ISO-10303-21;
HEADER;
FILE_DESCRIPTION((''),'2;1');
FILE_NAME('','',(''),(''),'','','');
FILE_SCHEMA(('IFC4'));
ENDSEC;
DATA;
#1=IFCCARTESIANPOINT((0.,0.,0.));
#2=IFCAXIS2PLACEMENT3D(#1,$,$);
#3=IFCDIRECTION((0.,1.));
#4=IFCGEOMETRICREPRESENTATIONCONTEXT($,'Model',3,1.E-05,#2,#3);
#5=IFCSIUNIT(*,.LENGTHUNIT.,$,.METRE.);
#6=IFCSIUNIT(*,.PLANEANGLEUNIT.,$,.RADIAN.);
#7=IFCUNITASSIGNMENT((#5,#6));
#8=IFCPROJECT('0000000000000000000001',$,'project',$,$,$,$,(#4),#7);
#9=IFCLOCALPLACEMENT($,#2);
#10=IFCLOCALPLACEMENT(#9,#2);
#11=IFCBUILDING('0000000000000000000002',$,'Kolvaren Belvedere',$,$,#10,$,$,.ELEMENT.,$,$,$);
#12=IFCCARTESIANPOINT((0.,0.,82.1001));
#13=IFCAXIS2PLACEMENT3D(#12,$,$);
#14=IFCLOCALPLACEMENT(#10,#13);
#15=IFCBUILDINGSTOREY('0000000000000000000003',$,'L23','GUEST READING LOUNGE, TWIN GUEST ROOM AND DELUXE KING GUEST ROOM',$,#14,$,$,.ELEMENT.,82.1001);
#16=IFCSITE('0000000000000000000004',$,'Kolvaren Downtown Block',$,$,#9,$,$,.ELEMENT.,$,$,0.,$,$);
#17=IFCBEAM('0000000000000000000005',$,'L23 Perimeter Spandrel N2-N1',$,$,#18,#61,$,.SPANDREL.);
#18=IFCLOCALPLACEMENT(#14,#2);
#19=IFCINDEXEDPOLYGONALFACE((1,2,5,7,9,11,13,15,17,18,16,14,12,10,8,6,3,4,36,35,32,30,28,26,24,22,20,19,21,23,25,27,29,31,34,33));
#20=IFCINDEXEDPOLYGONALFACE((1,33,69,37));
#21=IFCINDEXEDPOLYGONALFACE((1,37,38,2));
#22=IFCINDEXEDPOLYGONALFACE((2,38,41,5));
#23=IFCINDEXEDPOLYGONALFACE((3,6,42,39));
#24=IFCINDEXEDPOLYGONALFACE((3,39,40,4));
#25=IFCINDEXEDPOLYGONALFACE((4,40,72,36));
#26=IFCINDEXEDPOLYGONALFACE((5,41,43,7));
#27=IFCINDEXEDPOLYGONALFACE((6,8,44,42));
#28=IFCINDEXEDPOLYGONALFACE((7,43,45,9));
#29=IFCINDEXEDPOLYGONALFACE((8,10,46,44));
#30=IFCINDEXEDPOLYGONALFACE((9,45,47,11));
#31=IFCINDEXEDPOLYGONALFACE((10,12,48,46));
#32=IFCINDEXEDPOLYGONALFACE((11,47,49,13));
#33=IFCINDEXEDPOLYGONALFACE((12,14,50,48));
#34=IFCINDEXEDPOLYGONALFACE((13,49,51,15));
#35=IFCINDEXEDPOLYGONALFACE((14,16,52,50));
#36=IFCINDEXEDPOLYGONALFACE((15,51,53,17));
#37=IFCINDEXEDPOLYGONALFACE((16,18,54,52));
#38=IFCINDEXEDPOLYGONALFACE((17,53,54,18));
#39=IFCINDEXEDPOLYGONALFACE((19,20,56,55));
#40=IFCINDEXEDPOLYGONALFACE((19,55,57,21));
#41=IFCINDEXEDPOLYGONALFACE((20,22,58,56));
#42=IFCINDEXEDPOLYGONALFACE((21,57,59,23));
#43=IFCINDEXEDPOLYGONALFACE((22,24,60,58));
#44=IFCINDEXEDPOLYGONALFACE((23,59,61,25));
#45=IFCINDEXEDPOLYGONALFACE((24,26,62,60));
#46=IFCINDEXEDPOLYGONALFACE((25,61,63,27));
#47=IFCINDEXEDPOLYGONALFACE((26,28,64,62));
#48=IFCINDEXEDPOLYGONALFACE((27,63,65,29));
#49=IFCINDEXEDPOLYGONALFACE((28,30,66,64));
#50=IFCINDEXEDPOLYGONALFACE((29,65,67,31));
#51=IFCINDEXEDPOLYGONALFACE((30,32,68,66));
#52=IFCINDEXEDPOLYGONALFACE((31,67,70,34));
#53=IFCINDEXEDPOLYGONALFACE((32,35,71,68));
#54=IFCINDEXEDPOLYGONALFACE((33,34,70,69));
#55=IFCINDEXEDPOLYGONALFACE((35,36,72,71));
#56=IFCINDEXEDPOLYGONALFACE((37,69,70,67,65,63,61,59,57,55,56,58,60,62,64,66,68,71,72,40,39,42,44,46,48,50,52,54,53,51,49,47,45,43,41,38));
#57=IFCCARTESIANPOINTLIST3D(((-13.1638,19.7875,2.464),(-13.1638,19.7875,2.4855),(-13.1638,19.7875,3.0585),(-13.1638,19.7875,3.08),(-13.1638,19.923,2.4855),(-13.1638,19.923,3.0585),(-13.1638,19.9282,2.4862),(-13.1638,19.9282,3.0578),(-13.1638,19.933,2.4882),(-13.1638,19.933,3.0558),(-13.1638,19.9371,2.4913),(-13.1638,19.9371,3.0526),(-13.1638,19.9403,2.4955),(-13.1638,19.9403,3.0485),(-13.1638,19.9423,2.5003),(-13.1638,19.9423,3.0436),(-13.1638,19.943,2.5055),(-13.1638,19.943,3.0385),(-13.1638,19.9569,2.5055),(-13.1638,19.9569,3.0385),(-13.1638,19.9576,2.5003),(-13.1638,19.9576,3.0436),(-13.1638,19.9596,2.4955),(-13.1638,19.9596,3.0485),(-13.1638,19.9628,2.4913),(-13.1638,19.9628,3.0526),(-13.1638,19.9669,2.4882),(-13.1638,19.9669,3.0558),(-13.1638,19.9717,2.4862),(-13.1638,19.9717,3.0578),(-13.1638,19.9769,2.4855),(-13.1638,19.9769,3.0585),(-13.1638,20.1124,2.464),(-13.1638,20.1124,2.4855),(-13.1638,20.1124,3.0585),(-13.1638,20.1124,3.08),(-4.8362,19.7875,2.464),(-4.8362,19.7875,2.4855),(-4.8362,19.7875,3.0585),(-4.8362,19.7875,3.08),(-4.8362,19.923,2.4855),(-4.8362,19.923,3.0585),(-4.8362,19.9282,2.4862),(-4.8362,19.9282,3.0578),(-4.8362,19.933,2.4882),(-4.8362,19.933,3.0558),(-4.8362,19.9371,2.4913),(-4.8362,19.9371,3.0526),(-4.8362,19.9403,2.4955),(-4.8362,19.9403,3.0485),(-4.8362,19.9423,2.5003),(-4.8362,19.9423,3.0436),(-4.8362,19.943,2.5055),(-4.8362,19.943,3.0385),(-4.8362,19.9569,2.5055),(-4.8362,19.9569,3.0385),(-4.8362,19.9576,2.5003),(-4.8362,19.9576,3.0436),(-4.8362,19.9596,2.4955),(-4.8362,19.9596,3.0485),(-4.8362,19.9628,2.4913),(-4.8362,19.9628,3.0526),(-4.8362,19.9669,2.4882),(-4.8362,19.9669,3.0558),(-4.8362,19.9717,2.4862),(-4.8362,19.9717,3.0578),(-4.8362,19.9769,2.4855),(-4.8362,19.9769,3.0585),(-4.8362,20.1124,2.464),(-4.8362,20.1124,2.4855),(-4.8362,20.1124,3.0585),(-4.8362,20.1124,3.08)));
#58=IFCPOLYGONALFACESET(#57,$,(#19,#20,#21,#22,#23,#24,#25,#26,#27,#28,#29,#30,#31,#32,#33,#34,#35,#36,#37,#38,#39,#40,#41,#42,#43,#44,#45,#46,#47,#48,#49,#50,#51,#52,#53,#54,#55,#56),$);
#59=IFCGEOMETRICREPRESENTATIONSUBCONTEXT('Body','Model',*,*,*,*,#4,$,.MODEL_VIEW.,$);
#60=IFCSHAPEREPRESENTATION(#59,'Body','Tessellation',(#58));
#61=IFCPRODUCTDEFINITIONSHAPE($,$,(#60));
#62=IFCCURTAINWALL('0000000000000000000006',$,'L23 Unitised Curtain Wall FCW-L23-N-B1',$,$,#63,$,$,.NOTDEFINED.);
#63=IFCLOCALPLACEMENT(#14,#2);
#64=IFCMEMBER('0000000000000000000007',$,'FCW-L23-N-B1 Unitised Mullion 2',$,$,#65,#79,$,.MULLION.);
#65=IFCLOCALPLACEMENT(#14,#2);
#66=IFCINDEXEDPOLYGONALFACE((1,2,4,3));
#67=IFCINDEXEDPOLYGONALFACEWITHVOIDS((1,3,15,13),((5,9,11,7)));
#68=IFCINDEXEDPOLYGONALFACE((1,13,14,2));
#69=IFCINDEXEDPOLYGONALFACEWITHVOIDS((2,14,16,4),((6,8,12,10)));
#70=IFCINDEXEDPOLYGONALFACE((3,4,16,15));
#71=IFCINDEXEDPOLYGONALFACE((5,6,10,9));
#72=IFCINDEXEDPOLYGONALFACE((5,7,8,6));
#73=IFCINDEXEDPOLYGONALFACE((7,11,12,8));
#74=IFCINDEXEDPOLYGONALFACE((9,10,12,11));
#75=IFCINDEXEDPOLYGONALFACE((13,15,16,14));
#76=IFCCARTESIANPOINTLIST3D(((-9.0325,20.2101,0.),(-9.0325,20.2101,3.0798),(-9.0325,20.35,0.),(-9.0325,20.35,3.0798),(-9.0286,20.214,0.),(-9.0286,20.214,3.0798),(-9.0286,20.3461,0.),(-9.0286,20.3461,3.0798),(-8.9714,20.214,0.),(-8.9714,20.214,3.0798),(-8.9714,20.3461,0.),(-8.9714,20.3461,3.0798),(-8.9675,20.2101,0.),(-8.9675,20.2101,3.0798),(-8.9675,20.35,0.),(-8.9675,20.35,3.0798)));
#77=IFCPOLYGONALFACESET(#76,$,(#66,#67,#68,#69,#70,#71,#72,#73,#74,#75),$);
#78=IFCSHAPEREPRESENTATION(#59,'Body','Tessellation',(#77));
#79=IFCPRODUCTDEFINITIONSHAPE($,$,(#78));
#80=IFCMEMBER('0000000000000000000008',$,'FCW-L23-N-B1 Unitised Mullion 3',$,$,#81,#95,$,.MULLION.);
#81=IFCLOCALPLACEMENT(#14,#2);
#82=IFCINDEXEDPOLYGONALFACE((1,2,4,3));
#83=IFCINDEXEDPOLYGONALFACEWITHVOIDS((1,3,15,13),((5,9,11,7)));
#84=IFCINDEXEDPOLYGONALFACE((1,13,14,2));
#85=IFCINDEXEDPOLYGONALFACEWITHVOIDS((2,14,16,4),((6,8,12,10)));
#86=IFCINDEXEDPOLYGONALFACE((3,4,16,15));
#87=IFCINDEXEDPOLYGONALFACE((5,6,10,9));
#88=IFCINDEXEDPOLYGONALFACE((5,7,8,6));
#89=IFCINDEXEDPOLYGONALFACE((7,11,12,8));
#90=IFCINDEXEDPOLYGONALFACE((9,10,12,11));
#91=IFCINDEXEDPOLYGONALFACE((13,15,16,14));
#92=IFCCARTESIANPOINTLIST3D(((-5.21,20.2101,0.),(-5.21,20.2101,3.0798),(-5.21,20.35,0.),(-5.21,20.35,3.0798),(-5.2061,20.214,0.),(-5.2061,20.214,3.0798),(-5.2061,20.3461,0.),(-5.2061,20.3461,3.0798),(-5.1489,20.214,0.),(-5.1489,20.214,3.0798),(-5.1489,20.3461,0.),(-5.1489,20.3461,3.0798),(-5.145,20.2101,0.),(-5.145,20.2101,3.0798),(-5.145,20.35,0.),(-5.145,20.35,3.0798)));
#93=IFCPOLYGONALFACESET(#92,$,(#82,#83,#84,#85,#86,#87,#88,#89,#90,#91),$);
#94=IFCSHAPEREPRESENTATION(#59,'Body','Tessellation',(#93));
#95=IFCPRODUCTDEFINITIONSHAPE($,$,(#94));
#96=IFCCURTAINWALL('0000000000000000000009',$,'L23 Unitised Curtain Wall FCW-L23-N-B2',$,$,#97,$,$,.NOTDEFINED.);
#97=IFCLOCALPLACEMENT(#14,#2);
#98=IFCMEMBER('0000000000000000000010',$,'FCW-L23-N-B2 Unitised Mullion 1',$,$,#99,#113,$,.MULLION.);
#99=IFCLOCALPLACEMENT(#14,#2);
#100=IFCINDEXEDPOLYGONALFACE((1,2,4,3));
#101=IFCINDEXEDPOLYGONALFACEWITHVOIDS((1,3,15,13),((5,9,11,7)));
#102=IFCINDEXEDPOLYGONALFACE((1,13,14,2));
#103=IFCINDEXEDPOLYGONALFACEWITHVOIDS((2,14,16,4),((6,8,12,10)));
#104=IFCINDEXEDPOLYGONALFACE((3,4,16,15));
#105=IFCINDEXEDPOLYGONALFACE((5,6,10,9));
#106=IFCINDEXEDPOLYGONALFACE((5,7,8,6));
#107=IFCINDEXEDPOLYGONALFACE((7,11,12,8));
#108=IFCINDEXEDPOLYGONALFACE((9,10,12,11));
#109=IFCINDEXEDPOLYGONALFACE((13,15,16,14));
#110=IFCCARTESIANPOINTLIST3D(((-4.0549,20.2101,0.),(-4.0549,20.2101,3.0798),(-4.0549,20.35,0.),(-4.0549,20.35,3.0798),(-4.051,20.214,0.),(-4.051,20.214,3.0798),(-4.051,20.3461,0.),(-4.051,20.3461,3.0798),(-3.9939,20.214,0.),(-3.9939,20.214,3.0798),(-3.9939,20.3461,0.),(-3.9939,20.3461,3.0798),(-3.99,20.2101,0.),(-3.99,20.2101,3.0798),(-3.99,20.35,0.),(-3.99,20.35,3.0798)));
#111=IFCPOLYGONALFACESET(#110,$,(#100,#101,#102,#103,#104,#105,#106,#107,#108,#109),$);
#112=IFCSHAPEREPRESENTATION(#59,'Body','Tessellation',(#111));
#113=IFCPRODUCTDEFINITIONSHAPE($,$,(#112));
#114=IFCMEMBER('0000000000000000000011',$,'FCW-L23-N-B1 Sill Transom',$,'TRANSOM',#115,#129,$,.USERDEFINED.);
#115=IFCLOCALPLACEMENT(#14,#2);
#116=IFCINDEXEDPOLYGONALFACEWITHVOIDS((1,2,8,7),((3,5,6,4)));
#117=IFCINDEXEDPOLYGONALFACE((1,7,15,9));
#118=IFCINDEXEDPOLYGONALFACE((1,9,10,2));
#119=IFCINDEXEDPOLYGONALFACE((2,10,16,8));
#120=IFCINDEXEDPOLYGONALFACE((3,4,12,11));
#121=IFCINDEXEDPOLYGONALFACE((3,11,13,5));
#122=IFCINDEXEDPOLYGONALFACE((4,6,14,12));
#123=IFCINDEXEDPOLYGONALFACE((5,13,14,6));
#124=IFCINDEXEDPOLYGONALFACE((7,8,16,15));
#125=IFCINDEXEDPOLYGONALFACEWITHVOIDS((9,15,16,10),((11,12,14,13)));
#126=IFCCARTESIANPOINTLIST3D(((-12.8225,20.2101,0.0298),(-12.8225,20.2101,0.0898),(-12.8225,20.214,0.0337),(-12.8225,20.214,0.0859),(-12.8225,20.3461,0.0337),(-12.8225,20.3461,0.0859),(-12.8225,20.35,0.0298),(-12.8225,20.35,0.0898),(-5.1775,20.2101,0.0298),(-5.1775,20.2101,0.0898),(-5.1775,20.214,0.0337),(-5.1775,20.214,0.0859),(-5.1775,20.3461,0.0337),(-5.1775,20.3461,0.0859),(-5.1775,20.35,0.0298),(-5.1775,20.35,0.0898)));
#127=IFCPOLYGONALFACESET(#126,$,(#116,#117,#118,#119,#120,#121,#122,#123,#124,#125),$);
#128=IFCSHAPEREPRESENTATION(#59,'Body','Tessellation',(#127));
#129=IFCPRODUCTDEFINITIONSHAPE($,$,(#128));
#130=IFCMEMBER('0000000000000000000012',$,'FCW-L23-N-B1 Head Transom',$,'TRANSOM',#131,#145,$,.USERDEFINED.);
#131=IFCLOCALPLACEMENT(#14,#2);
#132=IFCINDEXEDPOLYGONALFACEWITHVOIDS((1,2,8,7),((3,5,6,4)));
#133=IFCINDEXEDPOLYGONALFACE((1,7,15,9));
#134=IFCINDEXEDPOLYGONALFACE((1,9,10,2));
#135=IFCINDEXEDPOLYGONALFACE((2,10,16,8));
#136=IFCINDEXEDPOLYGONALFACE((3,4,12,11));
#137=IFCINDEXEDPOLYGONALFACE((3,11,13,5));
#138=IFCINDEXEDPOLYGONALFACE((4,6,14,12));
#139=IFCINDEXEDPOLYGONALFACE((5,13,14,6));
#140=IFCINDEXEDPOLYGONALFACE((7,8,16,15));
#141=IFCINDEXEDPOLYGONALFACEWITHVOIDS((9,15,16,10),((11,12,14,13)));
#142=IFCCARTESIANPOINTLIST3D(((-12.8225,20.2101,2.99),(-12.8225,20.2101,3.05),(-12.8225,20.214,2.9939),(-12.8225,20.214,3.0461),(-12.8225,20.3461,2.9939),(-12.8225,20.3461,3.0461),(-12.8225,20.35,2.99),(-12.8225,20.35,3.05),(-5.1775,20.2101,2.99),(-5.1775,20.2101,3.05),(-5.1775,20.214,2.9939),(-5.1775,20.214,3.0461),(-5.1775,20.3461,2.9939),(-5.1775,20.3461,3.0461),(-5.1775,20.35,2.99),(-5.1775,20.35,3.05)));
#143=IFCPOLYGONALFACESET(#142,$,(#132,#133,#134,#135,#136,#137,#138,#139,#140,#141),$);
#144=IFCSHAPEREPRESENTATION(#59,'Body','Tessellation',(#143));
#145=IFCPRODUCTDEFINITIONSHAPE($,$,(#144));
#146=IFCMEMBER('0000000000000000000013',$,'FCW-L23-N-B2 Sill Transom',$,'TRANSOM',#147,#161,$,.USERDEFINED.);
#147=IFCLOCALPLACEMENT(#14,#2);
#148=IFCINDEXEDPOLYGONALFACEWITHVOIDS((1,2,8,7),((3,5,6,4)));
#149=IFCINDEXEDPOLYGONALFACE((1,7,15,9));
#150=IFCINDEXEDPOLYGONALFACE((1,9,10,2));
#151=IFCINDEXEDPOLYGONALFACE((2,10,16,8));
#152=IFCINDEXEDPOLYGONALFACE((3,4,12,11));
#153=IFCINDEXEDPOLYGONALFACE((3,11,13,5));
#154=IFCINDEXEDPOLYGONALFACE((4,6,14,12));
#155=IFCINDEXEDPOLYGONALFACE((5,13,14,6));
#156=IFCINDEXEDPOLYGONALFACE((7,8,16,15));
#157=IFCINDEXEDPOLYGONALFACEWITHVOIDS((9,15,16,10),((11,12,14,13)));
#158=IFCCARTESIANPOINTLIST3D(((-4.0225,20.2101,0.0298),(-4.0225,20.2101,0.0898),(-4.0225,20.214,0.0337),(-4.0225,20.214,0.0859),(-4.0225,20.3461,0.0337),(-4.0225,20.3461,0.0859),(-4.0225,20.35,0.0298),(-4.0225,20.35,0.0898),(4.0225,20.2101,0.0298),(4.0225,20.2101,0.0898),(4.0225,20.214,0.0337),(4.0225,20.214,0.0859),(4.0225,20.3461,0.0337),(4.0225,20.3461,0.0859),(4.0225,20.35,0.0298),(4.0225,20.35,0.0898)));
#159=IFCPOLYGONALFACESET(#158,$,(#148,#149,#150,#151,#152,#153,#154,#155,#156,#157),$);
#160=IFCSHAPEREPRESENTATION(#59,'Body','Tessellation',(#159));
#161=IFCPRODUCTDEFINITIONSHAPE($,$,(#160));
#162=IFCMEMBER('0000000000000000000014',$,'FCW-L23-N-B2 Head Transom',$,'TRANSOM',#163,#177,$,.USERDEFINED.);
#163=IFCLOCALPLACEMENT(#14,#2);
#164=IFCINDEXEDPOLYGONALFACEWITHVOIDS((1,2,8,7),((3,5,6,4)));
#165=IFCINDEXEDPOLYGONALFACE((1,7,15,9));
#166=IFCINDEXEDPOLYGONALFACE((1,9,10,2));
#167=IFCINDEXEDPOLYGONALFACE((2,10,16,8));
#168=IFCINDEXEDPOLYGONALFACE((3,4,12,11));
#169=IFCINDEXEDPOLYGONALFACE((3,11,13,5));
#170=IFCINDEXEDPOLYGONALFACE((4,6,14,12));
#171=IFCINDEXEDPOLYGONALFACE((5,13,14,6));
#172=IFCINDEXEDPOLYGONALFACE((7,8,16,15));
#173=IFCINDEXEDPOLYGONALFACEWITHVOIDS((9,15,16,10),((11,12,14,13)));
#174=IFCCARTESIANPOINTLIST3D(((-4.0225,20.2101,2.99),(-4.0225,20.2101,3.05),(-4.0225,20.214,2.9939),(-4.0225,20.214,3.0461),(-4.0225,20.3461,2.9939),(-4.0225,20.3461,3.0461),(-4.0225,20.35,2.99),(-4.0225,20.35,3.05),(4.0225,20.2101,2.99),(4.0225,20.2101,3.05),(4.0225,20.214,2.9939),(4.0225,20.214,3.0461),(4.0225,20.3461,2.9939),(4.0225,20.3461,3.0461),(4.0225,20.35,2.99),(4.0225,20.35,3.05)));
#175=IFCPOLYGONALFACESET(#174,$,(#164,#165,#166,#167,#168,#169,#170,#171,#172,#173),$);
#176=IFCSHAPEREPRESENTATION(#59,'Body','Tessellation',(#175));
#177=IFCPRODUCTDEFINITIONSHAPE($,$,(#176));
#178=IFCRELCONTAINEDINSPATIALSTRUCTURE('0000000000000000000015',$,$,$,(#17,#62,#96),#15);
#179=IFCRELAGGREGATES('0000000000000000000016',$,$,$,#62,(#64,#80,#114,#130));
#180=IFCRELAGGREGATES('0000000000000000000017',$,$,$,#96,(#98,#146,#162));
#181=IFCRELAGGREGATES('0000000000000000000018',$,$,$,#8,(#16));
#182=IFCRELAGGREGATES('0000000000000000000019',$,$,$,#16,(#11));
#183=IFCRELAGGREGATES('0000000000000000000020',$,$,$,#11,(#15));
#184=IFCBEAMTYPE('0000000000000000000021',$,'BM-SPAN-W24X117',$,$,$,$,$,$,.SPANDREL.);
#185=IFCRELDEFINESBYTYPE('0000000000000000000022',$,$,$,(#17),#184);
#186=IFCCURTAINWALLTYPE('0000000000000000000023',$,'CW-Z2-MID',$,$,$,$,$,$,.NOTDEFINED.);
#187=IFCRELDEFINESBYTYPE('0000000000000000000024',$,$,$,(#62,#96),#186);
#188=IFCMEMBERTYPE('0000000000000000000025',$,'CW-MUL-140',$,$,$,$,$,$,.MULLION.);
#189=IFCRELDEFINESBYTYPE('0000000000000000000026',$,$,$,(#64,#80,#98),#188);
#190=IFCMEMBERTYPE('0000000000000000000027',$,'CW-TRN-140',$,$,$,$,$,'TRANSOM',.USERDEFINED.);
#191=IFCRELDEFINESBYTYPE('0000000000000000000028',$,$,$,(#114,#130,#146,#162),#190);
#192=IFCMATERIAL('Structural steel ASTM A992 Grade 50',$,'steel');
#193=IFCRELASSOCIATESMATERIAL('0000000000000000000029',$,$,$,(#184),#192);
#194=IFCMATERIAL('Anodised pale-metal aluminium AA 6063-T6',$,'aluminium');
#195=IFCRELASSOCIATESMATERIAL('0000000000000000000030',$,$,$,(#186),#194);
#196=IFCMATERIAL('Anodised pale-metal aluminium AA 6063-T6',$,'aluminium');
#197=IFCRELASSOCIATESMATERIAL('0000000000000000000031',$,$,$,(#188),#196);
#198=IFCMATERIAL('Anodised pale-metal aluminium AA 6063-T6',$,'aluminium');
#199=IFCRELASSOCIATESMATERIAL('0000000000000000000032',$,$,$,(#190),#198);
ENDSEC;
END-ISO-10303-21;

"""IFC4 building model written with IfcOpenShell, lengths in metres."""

from ifc_helpers import new_model, si_unit, direction, frame, origin, origin_2d, place, context, subcontext, project, spatial, hollow_rectangle, i_section, extrude, material, material_profile, profile_set, type_object, element, aggregate, save


model = new_model("IFC4")

# Units and contexts
model_context = context("Model", 3, precision=1e-05, world=origin(), true_north=direction((0.0, 1.0)))
body_context = subcontext(model_context, "Body", "Model", "MODEL_VIEW")
ifc_project = project(units=[si_unit("LENGTHUNIT", "METRE"), si_unit("PLANEANGLEUNIT", "RADIAN")], contexts=[model_context])

# Site, building, storey
site_placement = place(None, origin())
site = spatial("IfcSite", under=ifc_project, at=site_placement, Name="Kolvaren Downtown Block", CompositionType="ELEMENT", RefElevation=0.0)
building_placement = place(site_placement, origin())
building = spatial("IfcBuilding", under=site, at=building_placement, Name="Kolvaren Belvedere", CompositionType="ELEMENT")
storey_placement = place(building_placement, frame((0.0, 0.0, 82.1001)))
storey = spatial("IfcBuildingStorey", under=building, at=storey_placement, Name="L23", Description="GUEST READING LOUNGE, TWIN GUEST ROOM AND DELUXE KING GUEST ROOM", CompositionType="ELEMENT", Elevation=82.1001)

# Beam
ifc_material_1 = material(Name="Structural steel ASTM A992 Grade 50", Category="steel")
ifc_material_profile_1 = material_profile(ifc_material_1, i_section(OverallWidth=0.325, OverallDepth=0.616, WebThickness=0.0139, FlangeThickness=0.0215, FilletRadius=0.02, at=origin_2d()), Name="W24X117")
ifc_profile_set_1 = profile_set([ifc_material_profile_1], Name="Structural steel ASTM A992 Grade 50")
beam_type_1 = type_object("IfcBeamType", Name="BM-SPAN-W24X117", PredefinedType="SPANDREL", material=ifc_profile_set_1)
beam_1_placement = place(storey_placement, frame((-4.8362, 19.95, 2.772), z_axis=(-1.0, 0.0, 0.0), x_axis=(0.0, -1.0, 0.0)))
element("IfcBeam", 1, at=beam_1_placement, inside=storey, type_object=beam_type_1, Name="L23 Perimeter Spandrel N2-N1", PredefinedType="SPANDREL", context=body_context, shape_type="SweptSolid", body=[
    extrude(i_section(OverallWidth=0.325, OverallDepth=0.616, WebThickness=0.0139, FlangeThickness=0.0215, FilletRadius=0.02, at=origin_2d()), origin(), (0.0, 0.0, 1.0), 8.3276),
])

# Curtain wall, members
ifc_material_2 = material(Name="Anodised pale-metal aluminium AA 6063-T6", Category="aluminium")
curtain_wall_type = type_object("IfcCurtainWallType", Name="CW-Z2-MID", PredefinedType="NOTDEFINED", material=ifc_material_2)
curtain_wall_1_placement = place(storey_placement, origin())
curtain_wall_1 = element("IfcCurtainWall", 2, at=curtain_wall_1_placement, inside=storey, type_object=curtain_wall_type, Name="L23 Unitised Curtain Wall FCW-L23-N-B1", PredefinedType="NOTDEFINED")
ifc_material_3 = material(Name="Anodised pale-metal aluminium AA 6063-T6", Category="aluminium")
ifc_material_profile_2 = material_profile(ifc_material_3, hollow_rectangle(XDim=0.0649, YDim=0.1399, WallThickness=0.0039, at=origin_2d()), Name="ALU-MUL-140X65")
ifc_profile_set_2 = profile_set([ifc_material_profile_2], Name="Anodised pale-metal aluminium AA 6063-T6")
member_type_1 = type_object("IfcMemberType", Name="CW-MUL-140", PredefinedType="MULLION", material=ifc_profile_set_2)
member_1_placement = place(storey_placement, frame((-9.0, 20.28, 0.0), z_axis=(0.0, 0.0, 1.0), x_axis=(1.0, 0.0, 0.0)))
member_1 = element("IfcMember", 3, at=member_1_placement, type_object=member_type_1, Name="FCW-L23-N-B1 Unitised Mullion 2", PredefinedType="MULLION", context=body_context, shape_type="SweptSolid", body=[
    extrude(hollow_rectangle(XDim=0.0649, YDim=0.1399, WallThickness=0.0039, at=origin_2d()), origin(), (0.0, 0.0, 1.0), 3.0798),
])
member_2_placement = place(storey_placement, frame((-5.1775, 20.28, 0.0), z_axis=(0.0, 0.0, 1.0), x_axis=(1.0, 0.0, 0.0)))
member_2 = element("IfcMember", 4, at=member_2_placement, type_object=member_type_1, Name="FCW-L23-N-B1 Unitised Mullion 3", PredefinedType="MULLION", context=body_context, shape_type="SweptSolid", body=[
    extrude(hollow_rectangle(XDim=0.0649, YDim=0.1399, WallThickness=0.0039, at=origin_2d()), origin(), (0.0, 0.0, 1.0), 3.0798),
])

# Curtain wall, member
curtain_wall_2_placement = place(storey_placement, origin())
curtain_wall_2 = element("IfcCurtainWall", 5, at=curtain_wall_2_placement, inside=storey, type_object=curtain_wall_type, Name="L23 Unitised Curtain Wall FCW-L23-N-B2", PredefinedType="NOTDEFINED")
member_3_placement = place(storey_placement, frame((-4.0225, 20.28, 0.0), z_axis=(0.0, 0.0, 1.0), x_axis=(1.0, 0.0, 0.0)))
member_3 = element("IfcMember", 6, at=member_3_placement, type_object=member_type_1, Name="FCW-L23-N-B2 Unitised Mullion 1", PredefinedType="MULLION", context=body_context, shape_type="SweptSolid", body=[
    extrude(hollow_rectangle(XDim=0.0649, YDim=0.1399, WallThickness=0.0039, at=origin_2d()), origin(), (0.0, 0.0, 1.0), 3.0798),
])

# Members
ifc_material_4 = material(Name="Anodised pale-metal aluminium AA 6063-T6", Category="aluminium")
ifc_material_profile_3 = material_profile(ifc_material_4, hollow_rectangle(XDim=0.0601, YDim=0.1399, WallThickness=0.0039, at=origin_2d()), Name="ALU-TRN-140X60")
ifc_profile_set_3 = profile_set([ifc_material_profile_3], Name="Anodised pale-metal aluminium AA 6063-T6")
member_type_2 = type_object("IfcMemberType", Name="CW-TRN-140", ElementType="TRANSOM", PredefinedType="USERDEFINED", material=ifc_profile_set_3)
member_4_placement = place(storey_placement, frame((-12.8225, 20.28, 0.0598), z_axis=(1.0, 0.0, 0.0), x_axis=(0.0, 0.0, 1.0)))
member_4 = element("IfcMember", 7, at=member_4_placement, type_object=member_type_2, Name="FCW-L23-N-B1 Sill Transom", ObjectType="TRANSOM", PredefinedType="USERDEFINED", context=body_context, shape_type="SweptSolid", body=[
    extrude(hollow_rectangle(XDim=0.0601, YDim=0.1399, WallThickness=0.0039, at=origin_2d()), origin(), (0.0, 0.0, 1.0), 7.645),
])
member_5_placement = place(storey_placement, frame((-12.8225, 20.28, 3.02), z_axis=(1.0, 0.0, 0.0), x_axis=(0.0, 0.0, 1.0)))
member_5 = element("IfcMember", 8, at=member_5_placement, type_object=member_type_2, Name="FCW-L23-N-B1 Head Transom", ObjectType="TRANSOM", PredefinedType="USERDEFINED", context=body_context, shape_type="SweptSolid", body=[
    extrude(hollow_rectangle(XDim=0.0601, YDim=0.1399, WallThickness=0.0039, at=origin_2d()), origin(), (0.0, 0.0, 1.0), 7.645),
])
member_6_placement = place(storey_placement, frame((-4.0225, 20.28, 0.0598), z_axis=(1.0, 0.0, 0.0), x_axis=(0.0, 0.0, 1.0)))
member_6 = element("IfcMember", 9, at=member_6_placement, type_object=member_type_2, Name="FCW-L23-N-B2 Sill Transom", ObjectType="TRANSOM", PredefinedType="USERDEFINED", context=body_context, shape_type="SweptSolid", body=[
    extrude(hollow_rectangle(XDim=0.0601, YDim=0.1399, WallThickness=0.0039, at=origin_2d()), origin(), (0.0, 0.0, 1.0), 8.0449),
])
member_7_placement = place(storey_placement, frame((-4.0225, 20.28, 3.02), z_axis=(1.0, 0.0, 0.0), x_axis=(0.0, 0.0, 1.0)))
member_7 = element("IfcMember", 10, at=member_7_placement, type_object=member_type_2, Name="FCW-L23-N-B2 Head Transom", ObjectType="TRANSOM", PredefinedType="USERDEFINED", context=body_context, shape_type="SweptSolid", body=[
    extrude(hollow_rectangle(XDim=0.0601, YDim=0.1399, WallThickness=0.0039, at=origin_2d()), origin(), (0.0, 0.0, 1.0), 8.0449),
])

aggregate(curtain_wall_1, [member_1, member_2, member_4, member_5])
aggregate(curtain_wall_2, [member_3, member_6, member_7])

save(model, "model.ifc")
